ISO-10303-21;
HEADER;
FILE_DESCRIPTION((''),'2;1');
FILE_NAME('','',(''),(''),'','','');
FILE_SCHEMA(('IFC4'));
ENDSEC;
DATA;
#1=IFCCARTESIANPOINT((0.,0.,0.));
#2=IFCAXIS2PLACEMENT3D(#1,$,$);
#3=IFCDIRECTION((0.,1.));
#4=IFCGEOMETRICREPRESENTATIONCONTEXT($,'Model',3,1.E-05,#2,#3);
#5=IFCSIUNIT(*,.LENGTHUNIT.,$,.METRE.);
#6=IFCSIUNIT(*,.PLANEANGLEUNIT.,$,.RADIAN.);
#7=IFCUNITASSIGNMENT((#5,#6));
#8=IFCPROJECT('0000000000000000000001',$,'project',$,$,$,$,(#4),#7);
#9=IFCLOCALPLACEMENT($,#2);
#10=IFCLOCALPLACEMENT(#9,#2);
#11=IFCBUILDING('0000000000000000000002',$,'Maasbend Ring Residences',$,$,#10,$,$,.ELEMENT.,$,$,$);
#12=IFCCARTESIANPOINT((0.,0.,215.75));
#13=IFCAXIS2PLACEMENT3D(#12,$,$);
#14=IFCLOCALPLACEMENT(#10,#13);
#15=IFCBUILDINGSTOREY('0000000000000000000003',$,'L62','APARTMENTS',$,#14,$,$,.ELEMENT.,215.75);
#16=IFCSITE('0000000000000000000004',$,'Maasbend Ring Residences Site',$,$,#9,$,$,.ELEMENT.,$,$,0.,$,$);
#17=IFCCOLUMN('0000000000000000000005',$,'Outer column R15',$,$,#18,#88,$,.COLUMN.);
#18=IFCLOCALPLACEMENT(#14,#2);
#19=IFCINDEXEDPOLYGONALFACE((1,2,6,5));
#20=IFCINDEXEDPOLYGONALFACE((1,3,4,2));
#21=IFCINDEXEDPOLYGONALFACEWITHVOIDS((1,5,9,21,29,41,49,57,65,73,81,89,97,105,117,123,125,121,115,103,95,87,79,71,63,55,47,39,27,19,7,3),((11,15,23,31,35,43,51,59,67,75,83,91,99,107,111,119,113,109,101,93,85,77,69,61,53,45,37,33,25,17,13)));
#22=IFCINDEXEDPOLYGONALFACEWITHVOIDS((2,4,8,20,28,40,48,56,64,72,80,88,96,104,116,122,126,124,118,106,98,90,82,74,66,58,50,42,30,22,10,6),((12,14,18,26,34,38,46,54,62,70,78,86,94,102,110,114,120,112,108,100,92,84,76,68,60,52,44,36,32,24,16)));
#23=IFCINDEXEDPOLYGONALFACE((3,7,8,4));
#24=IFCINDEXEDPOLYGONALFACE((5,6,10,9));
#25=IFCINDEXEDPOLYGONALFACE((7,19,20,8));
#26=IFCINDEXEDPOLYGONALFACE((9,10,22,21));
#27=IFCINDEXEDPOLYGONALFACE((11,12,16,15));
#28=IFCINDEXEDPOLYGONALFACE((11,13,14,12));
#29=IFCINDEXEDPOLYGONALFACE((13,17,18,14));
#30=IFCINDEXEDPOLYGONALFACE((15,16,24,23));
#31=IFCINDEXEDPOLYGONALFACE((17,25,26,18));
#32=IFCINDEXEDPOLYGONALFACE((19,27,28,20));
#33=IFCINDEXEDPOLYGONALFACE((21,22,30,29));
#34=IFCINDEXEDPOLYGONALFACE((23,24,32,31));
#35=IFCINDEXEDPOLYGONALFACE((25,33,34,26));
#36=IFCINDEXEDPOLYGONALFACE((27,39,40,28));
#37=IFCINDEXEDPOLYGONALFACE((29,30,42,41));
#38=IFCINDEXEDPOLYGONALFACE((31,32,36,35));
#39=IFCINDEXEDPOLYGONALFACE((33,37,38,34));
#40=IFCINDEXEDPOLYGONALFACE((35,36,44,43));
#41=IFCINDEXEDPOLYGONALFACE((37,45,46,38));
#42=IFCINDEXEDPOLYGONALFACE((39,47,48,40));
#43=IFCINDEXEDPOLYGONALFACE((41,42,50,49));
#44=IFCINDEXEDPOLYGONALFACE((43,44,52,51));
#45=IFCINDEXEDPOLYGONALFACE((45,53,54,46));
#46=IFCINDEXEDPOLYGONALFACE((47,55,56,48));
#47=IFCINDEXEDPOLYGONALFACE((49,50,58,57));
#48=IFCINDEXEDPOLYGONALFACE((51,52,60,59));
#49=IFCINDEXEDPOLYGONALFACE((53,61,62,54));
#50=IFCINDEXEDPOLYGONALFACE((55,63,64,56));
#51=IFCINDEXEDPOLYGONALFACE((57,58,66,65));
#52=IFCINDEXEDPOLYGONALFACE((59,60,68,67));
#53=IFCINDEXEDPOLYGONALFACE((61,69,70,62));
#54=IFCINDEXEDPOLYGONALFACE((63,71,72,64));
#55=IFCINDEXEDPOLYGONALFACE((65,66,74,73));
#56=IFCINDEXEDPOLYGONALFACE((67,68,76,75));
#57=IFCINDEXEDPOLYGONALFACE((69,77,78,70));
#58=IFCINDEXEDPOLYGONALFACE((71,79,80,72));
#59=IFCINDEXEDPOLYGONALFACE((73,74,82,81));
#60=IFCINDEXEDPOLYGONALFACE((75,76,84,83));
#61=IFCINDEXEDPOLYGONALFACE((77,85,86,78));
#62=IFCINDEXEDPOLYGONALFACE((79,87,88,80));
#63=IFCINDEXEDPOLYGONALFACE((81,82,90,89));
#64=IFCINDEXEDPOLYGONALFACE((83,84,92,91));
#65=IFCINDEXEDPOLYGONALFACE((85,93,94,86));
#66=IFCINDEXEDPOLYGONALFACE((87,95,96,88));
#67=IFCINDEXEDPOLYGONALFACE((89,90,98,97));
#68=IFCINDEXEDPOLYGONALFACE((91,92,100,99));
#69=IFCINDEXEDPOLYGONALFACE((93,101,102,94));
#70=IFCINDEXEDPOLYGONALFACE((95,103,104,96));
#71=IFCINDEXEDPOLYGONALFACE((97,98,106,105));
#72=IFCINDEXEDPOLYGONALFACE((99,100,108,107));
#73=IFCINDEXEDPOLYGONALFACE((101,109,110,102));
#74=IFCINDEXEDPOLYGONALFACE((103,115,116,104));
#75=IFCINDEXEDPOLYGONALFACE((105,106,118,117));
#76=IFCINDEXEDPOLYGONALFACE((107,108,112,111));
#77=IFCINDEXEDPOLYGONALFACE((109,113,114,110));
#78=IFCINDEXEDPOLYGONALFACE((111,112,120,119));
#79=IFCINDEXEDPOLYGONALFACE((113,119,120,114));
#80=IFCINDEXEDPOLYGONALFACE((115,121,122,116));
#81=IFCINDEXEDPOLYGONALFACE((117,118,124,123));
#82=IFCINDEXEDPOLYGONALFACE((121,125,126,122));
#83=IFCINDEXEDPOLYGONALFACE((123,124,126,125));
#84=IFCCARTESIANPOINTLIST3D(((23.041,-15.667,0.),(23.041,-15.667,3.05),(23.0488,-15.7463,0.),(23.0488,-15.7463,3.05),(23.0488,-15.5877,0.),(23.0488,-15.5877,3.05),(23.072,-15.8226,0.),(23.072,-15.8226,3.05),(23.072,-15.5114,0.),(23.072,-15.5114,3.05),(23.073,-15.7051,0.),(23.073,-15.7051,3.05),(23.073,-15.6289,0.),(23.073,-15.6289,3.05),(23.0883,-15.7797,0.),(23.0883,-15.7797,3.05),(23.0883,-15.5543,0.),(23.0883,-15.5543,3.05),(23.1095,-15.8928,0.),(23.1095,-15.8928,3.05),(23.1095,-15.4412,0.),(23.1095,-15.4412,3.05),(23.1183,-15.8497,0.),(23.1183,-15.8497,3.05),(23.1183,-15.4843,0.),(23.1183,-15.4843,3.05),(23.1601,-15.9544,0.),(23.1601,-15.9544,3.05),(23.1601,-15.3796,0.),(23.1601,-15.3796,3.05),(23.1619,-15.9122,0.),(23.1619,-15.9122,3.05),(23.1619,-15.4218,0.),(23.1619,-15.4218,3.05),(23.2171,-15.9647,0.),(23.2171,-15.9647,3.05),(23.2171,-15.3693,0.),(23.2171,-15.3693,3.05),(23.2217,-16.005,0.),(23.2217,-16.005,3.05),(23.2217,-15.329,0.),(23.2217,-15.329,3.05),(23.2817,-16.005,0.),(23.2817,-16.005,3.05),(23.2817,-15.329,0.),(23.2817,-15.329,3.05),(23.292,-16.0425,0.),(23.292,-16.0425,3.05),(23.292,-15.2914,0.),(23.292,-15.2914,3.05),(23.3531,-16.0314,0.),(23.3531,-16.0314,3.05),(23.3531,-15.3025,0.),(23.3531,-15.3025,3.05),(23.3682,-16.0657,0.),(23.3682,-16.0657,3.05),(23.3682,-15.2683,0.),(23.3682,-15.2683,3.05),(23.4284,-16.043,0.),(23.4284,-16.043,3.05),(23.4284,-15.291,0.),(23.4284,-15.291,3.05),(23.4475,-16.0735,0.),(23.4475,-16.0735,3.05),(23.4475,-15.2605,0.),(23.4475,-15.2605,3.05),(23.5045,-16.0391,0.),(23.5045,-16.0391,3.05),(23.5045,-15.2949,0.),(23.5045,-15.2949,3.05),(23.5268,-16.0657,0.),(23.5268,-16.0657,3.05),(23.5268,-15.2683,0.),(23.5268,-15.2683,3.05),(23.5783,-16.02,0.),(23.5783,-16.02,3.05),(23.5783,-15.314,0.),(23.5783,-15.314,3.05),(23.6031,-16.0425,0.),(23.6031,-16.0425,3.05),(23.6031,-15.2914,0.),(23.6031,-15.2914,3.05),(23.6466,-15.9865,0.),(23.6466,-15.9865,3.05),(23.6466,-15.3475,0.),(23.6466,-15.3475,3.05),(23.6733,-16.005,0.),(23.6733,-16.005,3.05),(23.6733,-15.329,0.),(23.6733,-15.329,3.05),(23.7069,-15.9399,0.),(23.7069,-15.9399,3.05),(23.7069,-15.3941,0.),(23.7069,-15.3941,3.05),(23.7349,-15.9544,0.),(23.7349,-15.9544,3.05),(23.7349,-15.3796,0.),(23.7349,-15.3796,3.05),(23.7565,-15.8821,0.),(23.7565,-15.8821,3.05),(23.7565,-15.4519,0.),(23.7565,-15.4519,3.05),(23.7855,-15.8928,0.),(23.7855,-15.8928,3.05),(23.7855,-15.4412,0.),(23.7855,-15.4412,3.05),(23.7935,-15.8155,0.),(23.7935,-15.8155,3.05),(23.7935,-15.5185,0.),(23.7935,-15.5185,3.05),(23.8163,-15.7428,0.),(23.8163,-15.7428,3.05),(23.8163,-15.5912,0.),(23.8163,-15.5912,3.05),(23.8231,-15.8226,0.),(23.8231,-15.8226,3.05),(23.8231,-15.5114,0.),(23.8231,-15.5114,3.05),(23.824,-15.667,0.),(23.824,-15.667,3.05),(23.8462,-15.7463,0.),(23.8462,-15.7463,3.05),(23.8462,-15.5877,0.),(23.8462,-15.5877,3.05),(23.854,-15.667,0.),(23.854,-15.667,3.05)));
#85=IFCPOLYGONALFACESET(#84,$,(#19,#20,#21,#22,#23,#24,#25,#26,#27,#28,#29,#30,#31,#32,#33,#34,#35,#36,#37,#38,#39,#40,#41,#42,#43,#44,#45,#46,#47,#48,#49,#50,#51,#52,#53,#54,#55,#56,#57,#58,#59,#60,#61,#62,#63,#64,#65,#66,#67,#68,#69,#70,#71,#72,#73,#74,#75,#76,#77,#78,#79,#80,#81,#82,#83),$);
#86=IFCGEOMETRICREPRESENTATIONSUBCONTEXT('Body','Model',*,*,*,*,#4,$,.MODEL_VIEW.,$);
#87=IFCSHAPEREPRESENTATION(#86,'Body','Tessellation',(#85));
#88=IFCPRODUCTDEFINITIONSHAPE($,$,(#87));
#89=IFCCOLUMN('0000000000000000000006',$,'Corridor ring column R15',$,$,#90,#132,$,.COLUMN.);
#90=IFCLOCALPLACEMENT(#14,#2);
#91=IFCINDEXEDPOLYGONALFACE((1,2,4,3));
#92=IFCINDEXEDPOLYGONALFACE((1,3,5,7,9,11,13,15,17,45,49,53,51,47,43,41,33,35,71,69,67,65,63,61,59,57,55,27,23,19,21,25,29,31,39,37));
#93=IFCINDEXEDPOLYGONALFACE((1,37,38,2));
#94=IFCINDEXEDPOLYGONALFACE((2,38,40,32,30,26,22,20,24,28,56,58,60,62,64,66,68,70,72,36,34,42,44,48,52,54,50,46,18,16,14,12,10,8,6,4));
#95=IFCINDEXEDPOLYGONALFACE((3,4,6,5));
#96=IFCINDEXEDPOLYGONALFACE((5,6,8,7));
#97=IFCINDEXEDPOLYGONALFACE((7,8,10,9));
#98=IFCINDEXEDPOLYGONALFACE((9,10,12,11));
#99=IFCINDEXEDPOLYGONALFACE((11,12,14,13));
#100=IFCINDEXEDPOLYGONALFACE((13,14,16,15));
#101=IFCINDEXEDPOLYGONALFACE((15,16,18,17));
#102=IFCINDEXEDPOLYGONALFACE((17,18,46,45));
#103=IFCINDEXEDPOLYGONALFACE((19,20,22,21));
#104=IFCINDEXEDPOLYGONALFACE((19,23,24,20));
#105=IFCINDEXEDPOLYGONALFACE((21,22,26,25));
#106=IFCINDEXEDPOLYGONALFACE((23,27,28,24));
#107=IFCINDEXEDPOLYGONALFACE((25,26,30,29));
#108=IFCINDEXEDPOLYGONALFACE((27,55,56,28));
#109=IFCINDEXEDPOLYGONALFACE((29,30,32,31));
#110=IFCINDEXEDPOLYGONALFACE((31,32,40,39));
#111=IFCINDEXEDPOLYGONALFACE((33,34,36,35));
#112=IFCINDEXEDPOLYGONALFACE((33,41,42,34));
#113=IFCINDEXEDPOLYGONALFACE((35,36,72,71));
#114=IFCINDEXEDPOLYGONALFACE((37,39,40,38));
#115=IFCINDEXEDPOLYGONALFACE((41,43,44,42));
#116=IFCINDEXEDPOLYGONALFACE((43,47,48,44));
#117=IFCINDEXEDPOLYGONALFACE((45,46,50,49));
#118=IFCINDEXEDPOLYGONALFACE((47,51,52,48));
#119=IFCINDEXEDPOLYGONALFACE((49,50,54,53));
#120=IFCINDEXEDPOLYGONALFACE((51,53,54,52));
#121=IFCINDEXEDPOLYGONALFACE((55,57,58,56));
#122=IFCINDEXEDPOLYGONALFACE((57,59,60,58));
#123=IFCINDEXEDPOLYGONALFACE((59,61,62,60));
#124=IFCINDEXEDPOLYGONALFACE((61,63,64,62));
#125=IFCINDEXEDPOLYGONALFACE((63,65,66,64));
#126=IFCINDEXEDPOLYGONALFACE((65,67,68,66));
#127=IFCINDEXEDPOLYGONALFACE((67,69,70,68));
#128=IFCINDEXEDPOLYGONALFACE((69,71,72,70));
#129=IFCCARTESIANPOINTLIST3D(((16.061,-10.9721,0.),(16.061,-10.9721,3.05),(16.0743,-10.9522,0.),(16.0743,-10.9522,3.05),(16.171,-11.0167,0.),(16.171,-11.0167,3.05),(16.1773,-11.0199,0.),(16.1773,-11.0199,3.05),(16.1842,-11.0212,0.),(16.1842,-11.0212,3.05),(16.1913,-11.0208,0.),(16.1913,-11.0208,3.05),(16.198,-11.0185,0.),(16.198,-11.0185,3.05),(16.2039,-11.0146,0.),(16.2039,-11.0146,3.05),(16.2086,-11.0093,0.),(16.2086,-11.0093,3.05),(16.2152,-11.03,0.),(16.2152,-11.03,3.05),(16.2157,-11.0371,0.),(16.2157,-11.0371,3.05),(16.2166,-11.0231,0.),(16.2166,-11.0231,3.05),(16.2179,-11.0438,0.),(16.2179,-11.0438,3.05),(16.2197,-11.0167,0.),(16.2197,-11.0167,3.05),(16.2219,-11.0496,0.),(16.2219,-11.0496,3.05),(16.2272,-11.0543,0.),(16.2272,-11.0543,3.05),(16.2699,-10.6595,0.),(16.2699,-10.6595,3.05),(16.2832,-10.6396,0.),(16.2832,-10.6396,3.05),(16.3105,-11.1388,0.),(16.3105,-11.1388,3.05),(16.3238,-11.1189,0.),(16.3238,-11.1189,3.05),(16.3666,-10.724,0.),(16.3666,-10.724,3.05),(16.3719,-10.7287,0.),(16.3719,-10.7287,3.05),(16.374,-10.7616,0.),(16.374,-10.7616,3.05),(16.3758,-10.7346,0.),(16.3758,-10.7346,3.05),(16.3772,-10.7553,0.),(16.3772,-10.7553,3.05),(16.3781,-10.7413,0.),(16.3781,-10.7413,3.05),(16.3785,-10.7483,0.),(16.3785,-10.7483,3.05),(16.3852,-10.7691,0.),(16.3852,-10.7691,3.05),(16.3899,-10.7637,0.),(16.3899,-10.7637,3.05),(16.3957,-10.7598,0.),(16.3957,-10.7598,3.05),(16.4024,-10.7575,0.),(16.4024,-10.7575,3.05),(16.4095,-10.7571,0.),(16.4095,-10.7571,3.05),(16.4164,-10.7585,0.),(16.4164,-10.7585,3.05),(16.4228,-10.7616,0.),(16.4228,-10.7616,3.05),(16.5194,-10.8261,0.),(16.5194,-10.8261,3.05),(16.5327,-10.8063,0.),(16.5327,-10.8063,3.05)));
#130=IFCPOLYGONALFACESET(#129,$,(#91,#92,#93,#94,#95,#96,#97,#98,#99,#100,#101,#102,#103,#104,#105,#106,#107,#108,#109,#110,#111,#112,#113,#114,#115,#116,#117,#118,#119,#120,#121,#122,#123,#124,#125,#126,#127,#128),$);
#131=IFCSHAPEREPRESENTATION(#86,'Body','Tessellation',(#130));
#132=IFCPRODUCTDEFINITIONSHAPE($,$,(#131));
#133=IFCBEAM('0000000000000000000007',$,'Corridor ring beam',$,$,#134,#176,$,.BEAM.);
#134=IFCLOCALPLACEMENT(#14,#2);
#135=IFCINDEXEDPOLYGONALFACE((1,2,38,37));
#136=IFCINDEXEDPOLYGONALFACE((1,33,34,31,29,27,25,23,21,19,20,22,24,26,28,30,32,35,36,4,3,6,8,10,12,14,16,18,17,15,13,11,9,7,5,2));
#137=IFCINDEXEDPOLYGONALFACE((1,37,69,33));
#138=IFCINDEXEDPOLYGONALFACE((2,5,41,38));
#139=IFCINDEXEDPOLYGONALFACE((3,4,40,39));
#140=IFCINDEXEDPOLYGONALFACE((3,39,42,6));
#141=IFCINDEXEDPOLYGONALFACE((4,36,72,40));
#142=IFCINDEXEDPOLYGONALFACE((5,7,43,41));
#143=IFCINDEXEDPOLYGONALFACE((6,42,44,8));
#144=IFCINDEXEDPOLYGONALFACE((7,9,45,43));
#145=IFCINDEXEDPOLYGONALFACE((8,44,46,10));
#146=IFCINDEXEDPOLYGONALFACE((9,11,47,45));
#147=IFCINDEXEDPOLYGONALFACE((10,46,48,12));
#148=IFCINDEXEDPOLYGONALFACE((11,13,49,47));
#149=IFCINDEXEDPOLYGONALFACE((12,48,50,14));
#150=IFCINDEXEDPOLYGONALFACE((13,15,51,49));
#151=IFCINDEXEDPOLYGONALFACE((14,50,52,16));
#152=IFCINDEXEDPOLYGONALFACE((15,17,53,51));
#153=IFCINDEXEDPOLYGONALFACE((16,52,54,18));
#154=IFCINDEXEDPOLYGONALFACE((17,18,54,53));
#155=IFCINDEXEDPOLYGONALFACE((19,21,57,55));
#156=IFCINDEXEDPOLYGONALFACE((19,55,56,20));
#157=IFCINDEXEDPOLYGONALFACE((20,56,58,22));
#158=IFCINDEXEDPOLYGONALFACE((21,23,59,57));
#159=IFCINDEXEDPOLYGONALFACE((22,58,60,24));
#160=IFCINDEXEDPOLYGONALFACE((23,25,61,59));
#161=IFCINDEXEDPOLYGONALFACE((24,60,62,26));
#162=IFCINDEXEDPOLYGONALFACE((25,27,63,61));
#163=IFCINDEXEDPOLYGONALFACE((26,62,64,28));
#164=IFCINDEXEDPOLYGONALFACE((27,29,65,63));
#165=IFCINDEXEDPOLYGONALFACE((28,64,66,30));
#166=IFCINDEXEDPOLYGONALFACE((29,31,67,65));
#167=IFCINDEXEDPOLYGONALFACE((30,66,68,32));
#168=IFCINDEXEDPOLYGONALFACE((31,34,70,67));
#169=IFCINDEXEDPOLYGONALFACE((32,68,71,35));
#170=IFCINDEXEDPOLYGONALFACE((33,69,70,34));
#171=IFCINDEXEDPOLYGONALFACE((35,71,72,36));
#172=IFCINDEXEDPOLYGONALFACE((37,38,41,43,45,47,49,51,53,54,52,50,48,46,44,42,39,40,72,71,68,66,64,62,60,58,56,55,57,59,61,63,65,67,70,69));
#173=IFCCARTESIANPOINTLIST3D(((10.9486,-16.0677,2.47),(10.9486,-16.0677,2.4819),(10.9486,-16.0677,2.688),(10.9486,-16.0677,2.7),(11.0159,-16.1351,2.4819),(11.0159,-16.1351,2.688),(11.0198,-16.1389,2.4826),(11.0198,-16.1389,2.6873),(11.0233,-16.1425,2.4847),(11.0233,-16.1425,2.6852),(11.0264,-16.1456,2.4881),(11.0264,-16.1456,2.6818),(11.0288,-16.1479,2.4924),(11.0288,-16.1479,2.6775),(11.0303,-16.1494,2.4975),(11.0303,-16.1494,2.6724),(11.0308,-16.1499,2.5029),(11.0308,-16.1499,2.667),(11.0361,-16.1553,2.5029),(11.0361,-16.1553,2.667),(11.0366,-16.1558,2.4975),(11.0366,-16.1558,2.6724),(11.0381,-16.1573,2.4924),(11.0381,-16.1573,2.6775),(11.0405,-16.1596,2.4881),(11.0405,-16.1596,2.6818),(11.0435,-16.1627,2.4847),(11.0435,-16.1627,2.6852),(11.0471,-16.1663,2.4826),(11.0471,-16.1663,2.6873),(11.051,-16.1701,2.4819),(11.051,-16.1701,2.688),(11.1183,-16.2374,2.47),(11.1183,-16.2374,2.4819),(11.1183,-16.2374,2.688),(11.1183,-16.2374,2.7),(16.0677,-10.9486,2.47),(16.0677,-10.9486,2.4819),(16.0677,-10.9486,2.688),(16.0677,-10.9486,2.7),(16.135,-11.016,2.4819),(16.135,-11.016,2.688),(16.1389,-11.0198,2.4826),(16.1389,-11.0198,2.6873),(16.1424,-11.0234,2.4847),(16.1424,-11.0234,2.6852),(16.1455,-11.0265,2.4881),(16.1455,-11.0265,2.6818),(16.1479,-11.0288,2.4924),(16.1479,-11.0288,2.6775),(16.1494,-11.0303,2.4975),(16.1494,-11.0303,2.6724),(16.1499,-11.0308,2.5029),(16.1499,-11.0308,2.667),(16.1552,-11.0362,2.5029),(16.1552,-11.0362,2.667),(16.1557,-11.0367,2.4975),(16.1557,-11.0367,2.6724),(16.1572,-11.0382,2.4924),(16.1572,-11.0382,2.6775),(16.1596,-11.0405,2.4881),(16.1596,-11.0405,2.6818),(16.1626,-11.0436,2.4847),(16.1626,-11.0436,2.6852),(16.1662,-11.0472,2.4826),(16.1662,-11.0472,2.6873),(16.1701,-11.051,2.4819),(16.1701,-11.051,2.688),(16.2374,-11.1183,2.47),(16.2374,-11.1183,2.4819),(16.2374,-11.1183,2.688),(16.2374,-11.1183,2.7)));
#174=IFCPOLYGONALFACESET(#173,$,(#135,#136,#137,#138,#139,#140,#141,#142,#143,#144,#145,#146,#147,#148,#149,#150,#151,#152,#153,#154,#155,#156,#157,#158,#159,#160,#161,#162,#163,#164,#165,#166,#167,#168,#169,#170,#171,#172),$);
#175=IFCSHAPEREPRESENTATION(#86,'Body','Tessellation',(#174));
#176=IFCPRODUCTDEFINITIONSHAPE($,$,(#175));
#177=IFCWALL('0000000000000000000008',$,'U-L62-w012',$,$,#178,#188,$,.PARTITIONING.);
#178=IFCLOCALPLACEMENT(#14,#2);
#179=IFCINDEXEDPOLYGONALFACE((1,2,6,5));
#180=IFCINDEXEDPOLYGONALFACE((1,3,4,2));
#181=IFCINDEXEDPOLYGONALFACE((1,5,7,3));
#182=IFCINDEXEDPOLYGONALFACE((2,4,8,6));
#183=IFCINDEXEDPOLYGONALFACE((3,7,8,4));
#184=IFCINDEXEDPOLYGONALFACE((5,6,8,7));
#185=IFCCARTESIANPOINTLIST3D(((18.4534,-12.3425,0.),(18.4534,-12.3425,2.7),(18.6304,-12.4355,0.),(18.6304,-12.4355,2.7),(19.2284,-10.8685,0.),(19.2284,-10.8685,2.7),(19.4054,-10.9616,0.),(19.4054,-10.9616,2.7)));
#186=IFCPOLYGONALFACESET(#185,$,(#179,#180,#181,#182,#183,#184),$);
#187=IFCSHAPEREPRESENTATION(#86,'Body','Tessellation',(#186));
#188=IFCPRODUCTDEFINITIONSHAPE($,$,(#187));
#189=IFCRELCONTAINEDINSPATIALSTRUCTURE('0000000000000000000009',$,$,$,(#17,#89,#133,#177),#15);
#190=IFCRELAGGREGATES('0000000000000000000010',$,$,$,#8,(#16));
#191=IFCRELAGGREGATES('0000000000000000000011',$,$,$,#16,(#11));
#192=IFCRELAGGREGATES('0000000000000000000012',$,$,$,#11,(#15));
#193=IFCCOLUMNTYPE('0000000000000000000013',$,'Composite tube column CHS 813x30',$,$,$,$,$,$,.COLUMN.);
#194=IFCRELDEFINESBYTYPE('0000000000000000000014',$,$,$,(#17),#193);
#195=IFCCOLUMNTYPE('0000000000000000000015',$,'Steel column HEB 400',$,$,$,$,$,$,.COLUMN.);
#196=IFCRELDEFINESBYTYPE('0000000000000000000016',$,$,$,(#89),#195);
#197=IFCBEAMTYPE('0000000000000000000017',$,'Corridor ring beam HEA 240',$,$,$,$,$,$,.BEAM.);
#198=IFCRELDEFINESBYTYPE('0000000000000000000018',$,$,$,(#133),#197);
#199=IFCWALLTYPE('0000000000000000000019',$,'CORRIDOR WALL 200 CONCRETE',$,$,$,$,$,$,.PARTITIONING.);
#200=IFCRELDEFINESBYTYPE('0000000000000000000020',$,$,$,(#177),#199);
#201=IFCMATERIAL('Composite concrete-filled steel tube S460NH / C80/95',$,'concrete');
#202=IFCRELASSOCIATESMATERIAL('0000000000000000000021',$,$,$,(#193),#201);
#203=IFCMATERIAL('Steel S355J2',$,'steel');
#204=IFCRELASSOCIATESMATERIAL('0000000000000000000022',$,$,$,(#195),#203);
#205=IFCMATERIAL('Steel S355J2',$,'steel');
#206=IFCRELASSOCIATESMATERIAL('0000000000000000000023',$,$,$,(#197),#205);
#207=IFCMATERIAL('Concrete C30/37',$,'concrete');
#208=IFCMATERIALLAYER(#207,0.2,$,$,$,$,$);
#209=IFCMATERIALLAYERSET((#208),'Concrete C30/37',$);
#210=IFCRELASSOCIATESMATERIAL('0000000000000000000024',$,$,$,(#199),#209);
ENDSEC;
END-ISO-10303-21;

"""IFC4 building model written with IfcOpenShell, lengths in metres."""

from ifc_helpers import new_model, si_unit, direction, frame, frame_2d, origin, origin_2d, place, context, subcontext, project, spatial, rectangle, hollow_circle, i_section, extrude, material, layer, layer_set, material_profile, profile_set, type_object, element, save


model = new_model("IFC4")

# Units and contexts
model_context = context("Model", 3, precision=1e-05, world=origin(), true_north=direction((0.0, 1.0)))
body_context = subcontext(model_context, "Body", "Model", "MODEL_VIEW")
ifc_project = project(units=[si_unit("LENGTHUNIT", "METRE"), si_unit("PLANEANGLEUNIT", "RADIAN")], contexts=[model_context])

# Site, building, storey
site_placement = place(None, origin())
site = spatial("IfcSite", under=ifc_project, at=site_placement, Name="Maasbend Ring Residences Site", CompositionType="ELEMENT", RefElevation=0.0)
building_placement = place(site_placement, origin())
building = spatial("IfcBuilding", under=site, at=building_placement, Name="Maasbend Ring Residences", CompositionType="ELEMENT")
storey_placement = place(building_placement, frame((0.0, 0.0, 215.75)))
storey = spatial("IfcBuildingStorey", under=building, at=storey_placement, Name="L62", Description="APARTMENTS", CompositionType="ELEMENT", Elevation=215.75)

# Columns
ifc_material_1 = material(Name="Composite concrete-filled steel tube S460NH / C80/95", Category="concrete")
ifc_material_profile_1 = material_profile(ifc_material_1, hollow_circle(Radius=0.4065, WallThickness=0.03, at=origin_2d()), Name="Composite tube column CHS 813x30")
ifc_profile_set_1 = profile_set([ifc_material_profile_1], Name="Composite concrete-filled steel tube S460NH / C80/95")
column_type_1 = type_object("IfcColumnType", Name="Composite tube column CHS 813x30", PredefinedType="COLUMN", material=ifc_profile_set_1)
column_1_placement = place(storey_placement, frame((23.4475, -15.667, 0.0), z_axis=(0.0, 0.0, 1.0), x_axis=(1.0, 0.0, 0.0)))
element("IfcColumn", 1, at=column_1_placement, inside=storey, type_object=column_type_1, Name="Outer column R15", PredefinedType="COLUMN", context=body_context, shape_type="SweptSolid", body=[
    extrude(hollow_circle(Radius=0.4065, WallThickness=0.03, at=origin_2d()), origin(), (0.0, 0.0, 1.0), 3.05),
])
ifc_material_2 = material(Name="Steel S355J2", Category="steel")
ifc_material_profile_2 = material_profile(ifc_material_2, i_section(OverallWidth=0.3, OverallDepth=0.3999, WebThickness=0.0134, FlangeThickness=0.0239, FilletRadius=0.0271, at=origin_2d()), Name="HEB 400")
ifc_profile_set_2 = profile_set([ifc_material_profile_2], Name="Steel S355J2")
column_type_2 = type_object("IfcColumnType", Name="Steel column HEB 400", PredefinedType="COLUMN", material=ifc_profile_set_2)
column_2_placement = place(storey_placement, frame((16.2969, -10.8892, 0.0), z_axis=(0.0, 0.0, 1.0), x_axis=(0.83147, -0.55557, 0.0)))
element("IfcColumn", 2, at=column_2_placement, inside=storey, type_object=column_type_2, Name="Corridor ring column R15", PredefinedType="COLUMN", context=body_context, shape_type="SweptSolid", body=[
    extrude(i_section(OverallWidth=0.3, OverallDepth=0.3999, WebThickness=0.0134, FlangeThickness=0.0239, FilletRadius=0.0271, at=origin_2d()), origin(), (0.0, 0.0, 1.0), 3.05),
])

# Beam
ifc_material_3 = material(Name="Steel S355J2", Category="steel")
ifc_material_profile_3 = material_profile(ifc_material_3, i_section(OverallWidth=0.24, OverallDepth=0.23, WebThickness=0.0076, FlangeThickness=0.012, FilletRadius=0.021, at=origin_2d()), Name="HEA 240")
ifc_profile_set_3 = profile_set([ifc_material_profile_3], Name="Steel S355J2")
beam_type = type_object("IfcBeamType", Name="Corridor ring beam HEA 240", PredefinedType="BEAM", material=ifc_profile_set_3)
beam_placement = place(storey_placement, frame((11.0334, -16.1526, 2.585), z_axis=(0.707107, 0.707107, 0.0), x_axis=(-0.707107, 0.707107, 0.0)))
element("IfcBeam", 3, at=beam_placement, inside=storey, type_object=beam_type, Name="Corridor ring beam", PredefinedType="BEAM", context=body_context, shape_type="SweptSolid", body=[
    extrude(i_section(OverallWidth=0.24, OverallDepth=0.23, WebThickness=0.0076, FlangeThickness=0.012, FilletRadius=0.021, at=origin_2d()), origin(), (0.0, 0.0, 1.0), 7.2395),
])

# Wall
ifc_material_4 = material(Name="Concrete C30/37", Category="concrete")
ifc_layer_1 = layer(ifc_material_4, 0.2)
ifc_layer_set_1 = layer_set([ifc_layer_1], Name="Concrete C30/37")
wall_type_1 = type_object("IfcWallType", Name="CORRIDOR WALL 200 CONCRETE", PredefinedType="PARTITIONING", material=ifc_layer_set_1)
wall_1_placement = place(storey_placement, frame((18.542, -12.3889, 0.0), z_axis=(0.0, 0.0, 1.0), x_axis=(0.46536, 0.885122, 0.0)))
element("IfcWall", 4, at=wall_1_placement, inside=storey, type_object=wall_type_1, Name="U-L62-w012", PredefinedType="PARTITIONING", context=body_context, shape_type="SweptSolid", body=[
    extrude(rectangle(XDim=1.6653, YDim=0.2, at=frame_2d((0.8325, 0.0))), origin(), (0.0, 0.0, 1.0), 2.7),
])

save(model, "model.ifc")
